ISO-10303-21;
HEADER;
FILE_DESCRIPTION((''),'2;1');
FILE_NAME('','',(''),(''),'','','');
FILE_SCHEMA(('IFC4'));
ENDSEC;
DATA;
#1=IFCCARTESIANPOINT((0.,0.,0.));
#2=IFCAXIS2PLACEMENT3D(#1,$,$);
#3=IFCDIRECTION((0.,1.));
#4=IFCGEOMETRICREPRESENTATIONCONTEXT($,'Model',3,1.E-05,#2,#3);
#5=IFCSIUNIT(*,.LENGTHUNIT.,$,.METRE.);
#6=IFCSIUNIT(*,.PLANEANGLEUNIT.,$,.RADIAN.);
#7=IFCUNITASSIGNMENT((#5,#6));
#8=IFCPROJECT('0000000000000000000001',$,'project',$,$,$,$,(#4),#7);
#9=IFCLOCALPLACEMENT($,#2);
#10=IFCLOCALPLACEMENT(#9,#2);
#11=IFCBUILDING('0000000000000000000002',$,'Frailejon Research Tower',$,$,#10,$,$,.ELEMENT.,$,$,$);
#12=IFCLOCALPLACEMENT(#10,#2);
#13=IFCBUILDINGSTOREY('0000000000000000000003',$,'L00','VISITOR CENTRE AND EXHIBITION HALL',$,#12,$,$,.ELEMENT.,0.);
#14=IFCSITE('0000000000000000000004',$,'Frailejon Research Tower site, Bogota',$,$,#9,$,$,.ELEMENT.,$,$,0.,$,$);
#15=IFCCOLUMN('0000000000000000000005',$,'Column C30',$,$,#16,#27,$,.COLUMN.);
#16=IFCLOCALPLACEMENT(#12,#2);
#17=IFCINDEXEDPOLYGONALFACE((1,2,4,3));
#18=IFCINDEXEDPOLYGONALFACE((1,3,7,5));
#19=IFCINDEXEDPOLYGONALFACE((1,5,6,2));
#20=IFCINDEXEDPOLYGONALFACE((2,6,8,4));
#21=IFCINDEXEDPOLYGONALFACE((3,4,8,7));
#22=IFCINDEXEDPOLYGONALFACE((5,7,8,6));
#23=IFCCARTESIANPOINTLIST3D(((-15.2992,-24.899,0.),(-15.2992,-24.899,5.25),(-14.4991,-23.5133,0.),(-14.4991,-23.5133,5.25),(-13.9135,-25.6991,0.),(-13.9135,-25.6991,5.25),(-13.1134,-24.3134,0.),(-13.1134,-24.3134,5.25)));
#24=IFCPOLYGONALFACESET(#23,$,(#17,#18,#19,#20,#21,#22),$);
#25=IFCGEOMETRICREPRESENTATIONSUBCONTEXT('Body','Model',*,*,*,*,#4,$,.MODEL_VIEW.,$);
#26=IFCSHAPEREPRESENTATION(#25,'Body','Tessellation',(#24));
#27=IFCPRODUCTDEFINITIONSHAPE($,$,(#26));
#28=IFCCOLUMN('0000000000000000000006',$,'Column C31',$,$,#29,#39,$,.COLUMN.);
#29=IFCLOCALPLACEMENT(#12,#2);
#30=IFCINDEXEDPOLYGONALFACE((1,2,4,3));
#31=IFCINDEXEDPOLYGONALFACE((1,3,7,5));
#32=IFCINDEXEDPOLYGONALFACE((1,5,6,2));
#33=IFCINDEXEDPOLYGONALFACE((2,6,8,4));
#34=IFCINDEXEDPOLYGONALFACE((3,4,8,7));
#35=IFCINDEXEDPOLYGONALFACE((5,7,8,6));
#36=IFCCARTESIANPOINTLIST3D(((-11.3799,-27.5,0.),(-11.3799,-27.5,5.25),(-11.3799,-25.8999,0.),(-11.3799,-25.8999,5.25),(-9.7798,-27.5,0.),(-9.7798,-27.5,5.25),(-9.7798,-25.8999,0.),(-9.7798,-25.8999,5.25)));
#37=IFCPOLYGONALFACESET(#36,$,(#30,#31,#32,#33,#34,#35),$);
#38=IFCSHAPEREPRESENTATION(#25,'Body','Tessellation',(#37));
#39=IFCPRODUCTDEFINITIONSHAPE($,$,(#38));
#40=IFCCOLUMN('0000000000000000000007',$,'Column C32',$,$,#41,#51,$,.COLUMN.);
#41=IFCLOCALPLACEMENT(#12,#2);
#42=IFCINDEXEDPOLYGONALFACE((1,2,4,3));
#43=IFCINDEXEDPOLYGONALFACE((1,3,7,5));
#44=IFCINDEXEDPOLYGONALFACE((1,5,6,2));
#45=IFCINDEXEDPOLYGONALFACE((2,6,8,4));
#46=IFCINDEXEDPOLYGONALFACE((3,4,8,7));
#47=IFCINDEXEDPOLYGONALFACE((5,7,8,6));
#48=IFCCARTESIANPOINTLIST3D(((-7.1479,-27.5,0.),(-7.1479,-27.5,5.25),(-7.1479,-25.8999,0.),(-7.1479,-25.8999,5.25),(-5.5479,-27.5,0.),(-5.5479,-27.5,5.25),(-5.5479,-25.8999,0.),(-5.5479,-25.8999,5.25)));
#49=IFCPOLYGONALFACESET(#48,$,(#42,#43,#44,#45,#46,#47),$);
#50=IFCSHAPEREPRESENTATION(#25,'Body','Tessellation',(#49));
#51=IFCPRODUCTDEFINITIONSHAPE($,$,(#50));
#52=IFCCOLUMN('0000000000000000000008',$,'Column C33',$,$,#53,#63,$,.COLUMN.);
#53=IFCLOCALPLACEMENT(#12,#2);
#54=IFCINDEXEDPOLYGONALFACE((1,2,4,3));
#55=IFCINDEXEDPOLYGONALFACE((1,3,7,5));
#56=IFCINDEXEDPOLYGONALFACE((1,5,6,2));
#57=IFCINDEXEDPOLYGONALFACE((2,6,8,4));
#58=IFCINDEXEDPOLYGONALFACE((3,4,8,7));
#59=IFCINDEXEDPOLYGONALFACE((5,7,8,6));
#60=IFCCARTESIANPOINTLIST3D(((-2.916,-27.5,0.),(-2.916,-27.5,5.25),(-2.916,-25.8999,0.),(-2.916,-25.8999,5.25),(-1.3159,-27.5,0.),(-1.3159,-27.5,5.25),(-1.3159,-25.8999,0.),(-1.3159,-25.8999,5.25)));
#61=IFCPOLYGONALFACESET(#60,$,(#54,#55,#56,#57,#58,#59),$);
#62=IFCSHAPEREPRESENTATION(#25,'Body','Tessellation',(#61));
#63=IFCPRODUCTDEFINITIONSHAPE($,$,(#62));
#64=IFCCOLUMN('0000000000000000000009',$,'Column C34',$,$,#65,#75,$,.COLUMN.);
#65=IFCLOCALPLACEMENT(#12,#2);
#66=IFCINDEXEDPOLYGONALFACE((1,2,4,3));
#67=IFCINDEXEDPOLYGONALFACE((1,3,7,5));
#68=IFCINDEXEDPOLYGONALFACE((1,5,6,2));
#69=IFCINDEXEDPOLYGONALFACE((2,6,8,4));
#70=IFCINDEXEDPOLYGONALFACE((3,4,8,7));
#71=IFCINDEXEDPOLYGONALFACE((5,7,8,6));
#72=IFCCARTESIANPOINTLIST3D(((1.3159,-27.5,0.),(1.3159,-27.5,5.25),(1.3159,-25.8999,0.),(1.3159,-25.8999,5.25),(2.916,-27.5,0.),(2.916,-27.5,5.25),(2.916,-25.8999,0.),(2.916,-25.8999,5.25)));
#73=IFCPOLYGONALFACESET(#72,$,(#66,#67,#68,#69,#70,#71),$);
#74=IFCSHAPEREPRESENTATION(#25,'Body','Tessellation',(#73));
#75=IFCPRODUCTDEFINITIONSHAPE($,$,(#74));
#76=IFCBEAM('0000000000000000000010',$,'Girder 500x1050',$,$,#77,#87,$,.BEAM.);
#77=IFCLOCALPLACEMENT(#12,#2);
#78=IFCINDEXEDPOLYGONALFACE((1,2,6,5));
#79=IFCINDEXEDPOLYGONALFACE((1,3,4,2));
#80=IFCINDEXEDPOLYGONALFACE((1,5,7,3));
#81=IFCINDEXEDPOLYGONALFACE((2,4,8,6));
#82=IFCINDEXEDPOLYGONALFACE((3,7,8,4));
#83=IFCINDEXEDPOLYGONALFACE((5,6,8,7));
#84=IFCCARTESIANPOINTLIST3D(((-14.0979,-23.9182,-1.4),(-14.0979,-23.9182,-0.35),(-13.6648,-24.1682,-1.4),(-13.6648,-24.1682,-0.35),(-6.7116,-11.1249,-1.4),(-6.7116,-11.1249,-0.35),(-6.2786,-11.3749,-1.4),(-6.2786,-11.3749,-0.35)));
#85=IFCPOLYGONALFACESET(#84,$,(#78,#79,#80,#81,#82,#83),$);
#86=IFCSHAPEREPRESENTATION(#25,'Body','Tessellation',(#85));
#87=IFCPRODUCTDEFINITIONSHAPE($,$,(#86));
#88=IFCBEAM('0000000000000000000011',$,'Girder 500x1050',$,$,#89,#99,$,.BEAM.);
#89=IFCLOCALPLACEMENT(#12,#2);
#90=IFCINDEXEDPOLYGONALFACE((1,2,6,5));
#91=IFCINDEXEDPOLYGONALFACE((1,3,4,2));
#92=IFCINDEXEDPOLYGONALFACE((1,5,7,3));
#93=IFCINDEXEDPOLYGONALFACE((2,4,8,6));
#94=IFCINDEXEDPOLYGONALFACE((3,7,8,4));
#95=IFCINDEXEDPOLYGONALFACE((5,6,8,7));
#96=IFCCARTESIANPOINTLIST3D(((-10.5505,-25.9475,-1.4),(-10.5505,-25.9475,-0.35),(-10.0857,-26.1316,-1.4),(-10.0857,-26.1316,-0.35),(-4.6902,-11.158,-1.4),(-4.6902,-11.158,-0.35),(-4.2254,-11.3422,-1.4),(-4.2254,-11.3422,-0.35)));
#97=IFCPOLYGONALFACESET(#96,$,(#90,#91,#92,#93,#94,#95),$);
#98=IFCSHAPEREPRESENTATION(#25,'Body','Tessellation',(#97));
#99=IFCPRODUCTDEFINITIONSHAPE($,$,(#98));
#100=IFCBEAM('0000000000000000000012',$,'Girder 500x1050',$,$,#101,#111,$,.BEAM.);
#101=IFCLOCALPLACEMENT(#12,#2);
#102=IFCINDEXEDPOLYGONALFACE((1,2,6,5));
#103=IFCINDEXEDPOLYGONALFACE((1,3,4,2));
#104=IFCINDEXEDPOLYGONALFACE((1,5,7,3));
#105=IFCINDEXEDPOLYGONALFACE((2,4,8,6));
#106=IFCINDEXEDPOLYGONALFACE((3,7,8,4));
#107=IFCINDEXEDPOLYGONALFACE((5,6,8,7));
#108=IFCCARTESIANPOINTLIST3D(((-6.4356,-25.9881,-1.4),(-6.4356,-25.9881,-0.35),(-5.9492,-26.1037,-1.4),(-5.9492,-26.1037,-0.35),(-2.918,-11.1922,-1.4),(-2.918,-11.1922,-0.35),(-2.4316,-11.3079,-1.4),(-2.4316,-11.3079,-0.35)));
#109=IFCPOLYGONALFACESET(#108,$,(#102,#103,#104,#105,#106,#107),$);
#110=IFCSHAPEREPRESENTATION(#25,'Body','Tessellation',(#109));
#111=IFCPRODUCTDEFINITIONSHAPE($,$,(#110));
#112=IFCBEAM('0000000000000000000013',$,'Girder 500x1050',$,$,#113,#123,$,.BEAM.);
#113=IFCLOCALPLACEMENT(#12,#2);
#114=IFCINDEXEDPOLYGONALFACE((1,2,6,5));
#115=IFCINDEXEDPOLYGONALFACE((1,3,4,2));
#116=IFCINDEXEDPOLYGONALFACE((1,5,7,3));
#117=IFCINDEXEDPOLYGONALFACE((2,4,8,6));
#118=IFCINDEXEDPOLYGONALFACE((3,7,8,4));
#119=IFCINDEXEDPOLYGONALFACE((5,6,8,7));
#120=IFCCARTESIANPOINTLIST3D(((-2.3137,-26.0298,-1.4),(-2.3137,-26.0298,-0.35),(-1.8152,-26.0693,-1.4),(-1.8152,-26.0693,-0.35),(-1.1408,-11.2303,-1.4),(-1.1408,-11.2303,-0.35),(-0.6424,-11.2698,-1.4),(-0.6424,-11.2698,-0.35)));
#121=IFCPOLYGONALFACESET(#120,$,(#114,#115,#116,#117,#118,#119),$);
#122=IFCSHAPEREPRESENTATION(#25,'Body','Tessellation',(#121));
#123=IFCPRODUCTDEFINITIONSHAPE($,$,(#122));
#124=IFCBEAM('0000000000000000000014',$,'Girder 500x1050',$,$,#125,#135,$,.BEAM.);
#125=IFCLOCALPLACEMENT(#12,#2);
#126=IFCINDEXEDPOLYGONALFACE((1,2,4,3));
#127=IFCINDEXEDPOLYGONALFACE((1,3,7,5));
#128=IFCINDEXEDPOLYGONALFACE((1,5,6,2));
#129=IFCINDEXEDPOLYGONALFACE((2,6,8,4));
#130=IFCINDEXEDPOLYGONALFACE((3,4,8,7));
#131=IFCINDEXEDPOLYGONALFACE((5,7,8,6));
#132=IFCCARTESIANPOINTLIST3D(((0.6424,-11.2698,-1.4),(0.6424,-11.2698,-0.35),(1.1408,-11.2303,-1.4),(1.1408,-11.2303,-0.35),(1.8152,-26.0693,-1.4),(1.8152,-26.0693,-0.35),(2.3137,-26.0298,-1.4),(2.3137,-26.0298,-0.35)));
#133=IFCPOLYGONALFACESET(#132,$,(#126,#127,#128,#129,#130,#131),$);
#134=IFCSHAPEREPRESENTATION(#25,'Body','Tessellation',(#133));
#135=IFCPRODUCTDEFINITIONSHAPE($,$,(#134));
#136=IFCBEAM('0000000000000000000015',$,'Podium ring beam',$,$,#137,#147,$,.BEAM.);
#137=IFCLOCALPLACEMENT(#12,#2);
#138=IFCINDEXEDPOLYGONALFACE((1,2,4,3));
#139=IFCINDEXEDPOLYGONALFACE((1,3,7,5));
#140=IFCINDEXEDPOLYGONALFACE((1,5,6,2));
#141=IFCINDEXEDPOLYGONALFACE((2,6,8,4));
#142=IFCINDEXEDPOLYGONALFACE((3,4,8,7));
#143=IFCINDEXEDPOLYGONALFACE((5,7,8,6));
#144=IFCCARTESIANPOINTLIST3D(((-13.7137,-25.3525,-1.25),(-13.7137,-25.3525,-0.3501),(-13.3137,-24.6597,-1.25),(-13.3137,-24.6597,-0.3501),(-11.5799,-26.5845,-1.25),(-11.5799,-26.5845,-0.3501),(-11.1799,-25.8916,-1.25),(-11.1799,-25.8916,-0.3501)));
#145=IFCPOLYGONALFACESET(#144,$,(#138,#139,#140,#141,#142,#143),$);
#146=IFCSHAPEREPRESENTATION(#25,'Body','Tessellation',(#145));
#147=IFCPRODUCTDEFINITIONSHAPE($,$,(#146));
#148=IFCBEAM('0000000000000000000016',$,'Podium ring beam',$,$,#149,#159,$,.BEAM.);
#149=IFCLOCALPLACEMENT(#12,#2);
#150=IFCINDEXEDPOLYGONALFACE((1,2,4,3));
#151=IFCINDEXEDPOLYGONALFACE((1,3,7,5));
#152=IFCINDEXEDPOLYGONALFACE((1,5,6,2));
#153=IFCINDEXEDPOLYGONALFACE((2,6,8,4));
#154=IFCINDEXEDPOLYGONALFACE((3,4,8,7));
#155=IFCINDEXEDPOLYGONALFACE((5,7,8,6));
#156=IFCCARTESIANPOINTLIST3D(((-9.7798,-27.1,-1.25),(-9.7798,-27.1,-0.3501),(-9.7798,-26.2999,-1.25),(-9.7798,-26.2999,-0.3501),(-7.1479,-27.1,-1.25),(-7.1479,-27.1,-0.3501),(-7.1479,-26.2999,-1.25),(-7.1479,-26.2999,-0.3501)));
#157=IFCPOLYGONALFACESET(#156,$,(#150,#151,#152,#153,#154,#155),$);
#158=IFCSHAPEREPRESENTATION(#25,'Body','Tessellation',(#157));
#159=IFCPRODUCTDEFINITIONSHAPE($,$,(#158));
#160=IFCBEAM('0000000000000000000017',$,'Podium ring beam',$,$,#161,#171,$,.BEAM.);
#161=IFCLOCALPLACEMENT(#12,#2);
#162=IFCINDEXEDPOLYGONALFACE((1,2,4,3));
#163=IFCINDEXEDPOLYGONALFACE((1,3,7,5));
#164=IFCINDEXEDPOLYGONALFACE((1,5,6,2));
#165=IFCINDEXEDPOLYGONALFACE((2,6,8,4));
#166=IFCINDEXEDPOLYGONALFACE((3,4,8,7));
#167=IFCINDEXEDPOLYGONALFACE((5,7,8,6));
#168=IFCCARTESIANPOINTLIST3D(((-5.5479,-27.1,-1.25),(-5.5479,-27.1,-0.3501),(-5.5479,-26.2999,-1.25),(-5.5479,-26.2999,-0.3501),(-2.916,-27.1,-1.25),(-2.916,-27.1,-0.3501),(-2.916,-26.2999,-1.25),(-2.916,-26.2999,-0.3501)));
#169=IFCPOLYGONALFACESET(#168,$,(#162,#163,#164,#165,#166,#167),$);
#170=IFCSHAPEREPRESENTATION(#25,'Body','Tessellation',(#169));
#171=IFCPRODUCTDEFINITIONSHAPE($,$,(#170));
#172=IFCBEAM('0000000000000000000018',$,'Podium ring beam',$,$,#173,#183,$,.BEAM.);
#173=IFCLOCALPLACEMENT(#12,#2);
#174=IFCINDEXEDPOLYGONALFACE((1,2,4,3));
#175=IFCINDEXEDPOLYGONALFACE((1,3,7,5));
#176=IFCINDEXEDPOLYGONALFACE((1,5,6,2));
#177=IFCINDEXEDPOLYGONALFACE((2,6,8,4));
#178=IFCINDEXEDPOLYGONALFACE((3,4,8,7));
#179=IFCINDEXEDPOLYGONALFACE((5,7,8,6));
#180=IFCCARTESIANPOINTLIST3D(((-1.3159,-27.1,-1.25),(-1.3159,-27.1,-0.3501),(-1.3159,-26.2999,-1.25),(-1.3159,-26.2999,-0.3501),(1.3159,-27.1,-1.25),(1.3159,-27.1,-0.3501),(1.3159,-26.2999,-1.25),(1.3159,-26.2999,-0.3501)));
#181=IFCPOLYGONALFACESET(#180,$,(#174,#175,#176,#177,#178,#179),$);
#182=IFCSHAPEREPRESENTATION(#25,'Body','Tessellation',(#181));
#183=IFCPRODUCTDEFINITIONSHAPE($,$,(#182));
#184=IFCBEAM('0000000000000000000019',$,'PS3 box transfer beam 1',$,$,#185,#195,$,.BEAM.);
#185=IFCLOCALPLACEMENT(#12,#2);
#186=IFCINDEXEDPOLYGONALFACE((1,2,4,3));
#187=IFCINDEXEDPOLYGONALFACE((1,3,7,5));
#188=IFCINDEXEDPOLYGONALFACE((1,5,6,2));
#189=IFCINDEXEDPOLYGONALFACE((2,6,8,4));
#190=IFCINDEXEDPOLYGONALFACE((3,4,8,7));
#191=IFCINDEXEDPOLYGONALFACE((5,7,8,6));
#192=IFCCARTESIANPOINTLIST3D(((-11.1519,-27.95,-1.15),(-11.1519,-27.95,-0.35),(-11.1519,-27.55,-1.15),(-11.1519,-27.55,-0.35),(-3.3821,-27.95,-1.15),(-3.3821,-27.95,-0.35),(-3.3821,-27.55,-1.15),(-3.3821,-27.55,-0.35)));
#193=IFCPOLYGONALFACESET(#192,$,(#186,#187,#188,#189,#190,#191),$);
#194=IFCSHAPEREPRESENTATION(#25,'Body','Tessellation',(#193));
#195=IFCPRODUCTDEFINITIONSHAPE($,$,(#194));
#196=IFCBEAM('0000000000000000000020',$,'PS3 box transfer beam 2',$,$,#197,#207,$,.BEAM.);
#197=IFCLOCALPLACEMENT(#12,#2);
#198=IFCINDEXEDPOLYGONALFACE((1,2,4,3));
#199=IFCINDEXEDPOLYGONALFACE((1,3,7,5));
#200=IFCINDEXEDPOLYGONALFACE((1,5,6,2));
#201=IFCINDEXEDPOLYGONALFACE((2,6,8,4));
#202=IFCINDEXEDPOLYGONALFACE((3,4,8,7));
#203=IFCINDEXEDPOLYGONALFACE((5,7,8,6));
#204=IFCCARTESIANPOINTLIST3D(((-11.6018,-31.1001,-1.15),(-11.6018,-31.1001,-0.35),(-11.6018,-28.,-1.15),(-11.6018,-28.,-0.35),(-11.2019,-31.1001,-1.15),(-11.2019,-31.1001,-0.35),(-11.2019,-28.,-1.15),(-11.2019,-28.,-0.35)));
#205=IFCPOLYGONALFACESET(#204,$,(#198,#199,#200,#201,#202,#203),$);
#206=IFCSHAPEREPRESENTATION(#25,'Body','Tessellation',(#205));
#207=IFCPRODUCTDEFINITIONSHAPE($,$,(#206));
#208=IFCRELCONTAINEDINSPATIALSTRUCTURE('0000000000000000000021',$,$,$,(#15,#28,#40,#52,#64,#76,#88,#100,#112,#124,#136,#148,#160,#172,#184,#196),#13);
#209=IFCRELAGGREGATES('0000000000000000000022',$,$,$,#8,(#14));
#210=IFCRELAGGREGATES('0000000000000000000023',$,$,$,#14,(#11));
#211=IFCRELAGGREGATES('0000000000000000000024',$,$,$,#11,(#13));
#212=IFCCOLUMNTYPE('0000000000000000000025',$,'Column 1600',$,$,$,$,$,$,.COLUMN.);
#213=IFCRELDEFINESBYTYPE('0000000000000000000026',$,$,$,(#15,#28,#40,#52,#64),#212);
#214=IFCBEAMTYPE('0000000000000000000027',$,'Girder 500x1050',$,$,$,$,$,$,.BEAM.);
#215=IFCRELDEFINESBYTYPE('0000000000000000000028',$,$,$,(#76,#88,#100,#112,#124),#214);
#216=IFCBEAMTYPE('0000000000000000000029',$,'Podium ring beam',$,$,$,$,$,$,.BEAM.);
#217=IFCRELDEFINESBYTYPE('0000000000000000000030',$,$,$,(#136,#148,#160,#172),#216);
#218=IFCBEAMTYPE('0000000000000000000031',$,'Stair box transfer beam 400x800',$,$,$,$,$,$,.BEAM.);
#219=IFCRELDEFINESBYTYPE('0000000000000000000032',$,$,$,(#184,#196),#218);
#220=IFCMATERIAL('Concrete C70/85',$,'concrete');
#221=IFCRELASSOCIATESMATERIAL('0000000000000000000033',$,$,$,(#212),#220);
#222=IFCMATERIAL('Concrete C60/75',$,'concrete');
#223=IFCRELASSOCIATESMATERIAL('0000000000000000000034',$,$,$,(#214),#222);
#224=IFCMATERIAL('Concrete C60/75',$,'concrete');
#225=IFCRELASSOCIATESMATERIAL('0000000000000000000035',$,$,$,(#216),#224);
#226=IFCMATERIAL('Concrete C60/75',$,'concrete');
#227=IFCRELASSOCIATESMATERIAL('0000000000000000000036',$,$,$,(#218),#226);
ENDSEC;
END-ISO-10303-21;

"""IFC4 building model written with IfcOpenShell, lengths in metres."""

from ifc_helpers import new_model, si_unit, direction, frame, origin, origin_2d, place, context, subcontext, project, spatial, rectangle, extrude, material, material_profile, profile_set, type_object, element, save


model = new_model("IFC4")

# Units and contexts
model_context = context("Model", 3, precision=1e-05, world=origin(), true_north=direction((0.0, 1.0)))
body_context = subcontext(model_context, "Body", "Model", "MODEL_VIEW")
ifc_project = project(units=[si_unit("LENGTHUNIT", "METRE"), si_unit("PLANEANGLEUNIT", "RADIAN")], contexts=[model_context])

# Site, building, storey
site_placement = place(None, origin())
site = spatial("IfcSite", under=ifc_project, at=site_placement, Name="Frailejon Research Tower site, Bogota", CompositionType="ELEMENT", RefElevation=0.0)
building_placement = place(site_placement, origin())
building = spatial("IfcBuilding", under=site, at=building_placement, Name="Frailejon Research Tower", CompositionType="ELEMENT")
storey_placement = place(building_placement, origin())
storey = spatial("IfcBuildingStorey", under=building, at=storey_placement, Name="L00", Description="VISITOR CENTRE AND EXHIBITION HALL", CompositionType="ELEMENT", Elevation=0.0)

# Columns
ifc_material_1 = material(Name="Concrete C70/85", Category="concrete")
ifc_material_profile_1 = material_profile(ifc_material_1, rectangle(XDim=1.6001, YDim=1.6001, at=origin_2d()), Name="Column 1600")
ifc_profile_set_1 = profile_set([ifc_material_profile_1], Name="Concrete C70/85")
column_type = type_object("IfcColumnType", Name="Column 1600", PredefinedType="COLUMN", material=ifc_profile_set_1)
for number, where, z_axis, x_axis, name in (
    (1, (-14.2063, -24.6062, 0.0), (0.0, 0.0, 1.0), (0.866025, -0.5, 0.0), "Column C30"),
    (2, (-10.5798, -26.7, 0.0), (0.0, 0.0, 1.0), (1.0, 0.0, 0.0), "Column C31"),
    (3, (-6.3479, -26.7, 0.0), (0.0, 0.0, 1.0), (1.0, 0.0, 0.0), "Column C32"),
    (4, (-2.116, -26.7, 0.0), (0.0, 0.0, 1.0), (1.0, 0.0, 0.0), "Column C33"),
    (5, (2.116, -26.7, 0.0), (0.0, 0.0, 1.0), (1.0, 0.0, 0.0), "Column C34"),
):
    element("IfcColumn", number, at=place(storey_placement, frame(where, z_axis=z_axis, x_axis=x_axis)), inside=storey, type_object=column_type, Name=name, PredefinedType="COLUMN", context=body_context, shape_type="SweptSolid", body=[
        extrude(rectangle(XDim=1.6001, YDim=1.6001, at=origin_2d()), origin(), (0.0, 0.0, 1.0), 5.25),
    ])

# Beams
ifc_material_2 = material(Name="Concrete C60/75", Category="concrete")
ifc_material_profile_2 = material_profile(ifc_material_2, rectangle(XDim=0.5, YDim=1.05, at=origin_2d()), Name="Girder 500x1050")
ifc_profile_set_2 = profile_set([ifc_material_profile_2], Name="Concrete C60/75")
beam_type_1 = type_object("IfcBeamType", Name="Girder 500x1050", PredefinedType="BEAM", material=ifc_profile_set_2)
beam_1_placement = place(storey_placement, frame((-13.8813, -24.0432, -0.875), z_axis=(0.500003, 0.866023, 0.0), x_axis=(-0.866023, 0.500003, 0.0)))
element("IfcBeam", 6, at=beam_1_placement, inside=storey, type_object=beam_type_1, Name="Girder 500x1050", PredefinedType="BEAM", context=body_context, shape_type="SweptSolid", body=[
    extrude(rectangle(XDim=0.5, YDim=1.05, at=origin_2d()), origin(), (0.0, 0.0, 1.0), 14.7725),
])
beam_2_placement = place(storey_placement, frame((-10.3181, -26.0396, -0.875), z_axis=(0.368383, 0.929674, 0.0), x_axis=(-0.929674, 0.368383, 0.0)))
element("IfcBeam", 7, at=beam_2_placement, inside=storey, type_object=beam_type_1, Name="Girder 500x1050", PredefinedType="BEAM", context=body_context, shape_type="SweptSolid", body=[
    extrude(rectangle(XDim=0.5, YDim=1.05, at=origin_2d()), origin(), (0.0, 0.0, 1.0), 15.9082),
])
beam_3_placement = place(storey_placement, frame((-6.1924, -26.0459, -0.875), z_axis=(0.231294, 0.972884, 0.0), x_axis=(-0.972884, 0.231294, 0.0)))
element("IfcBeam", 8, at=beam_3_placement, inside=storey, type_object=beam_type_1, Name="Girder 500x1050", PredefinedType="BEAM", context=body_context, shape_type="SweptSolid", body=[
    extrude(rectangle(XDim=0.5, YDim=1.05, at=origin_2d()), origin(), (0.0, 0.0, 1.0), 15.2083),
])
for number, where, z_axis, x_axis, name in (
    (9, (-2.0645, -26.0496, -0.875), (0.079001, 0.996875, 0.0), (-0.996875, 0.079001, 0.0), "Girder 500x1050"),
    (10, (2.0645, -26.0496, -0.875), (-0.079001, 0.996875, 0.0), (-0.996875, -0.079001, 0.0), "Girder 500x1050"),
):
    element("IfcBeam", number, at=place(storey_placement, frame(where, z_axis=z_axis, x_axis=x_axis)), inside=storey, type_object=beam_type_1, Name=name, PredefinedType="BEAM", context=body_context, shape_type="SweptSolid", body=[
        extrude(rectangle(XDim=0.5, YDim=1.05, at=origin_2d()), origin(), (0.0, 0.0, 1.0), 14.8459),
    ])
ifc_material_3 = material(Name="Concrete C60/75", Category="concrete")
ifc_material_profile_3 = material_profile(ifc_material_3, rectangle(XDim=0.8, YDim=0.8999, at=origin_2d()), Name="Podium ring beam")
ifc_profile_set_3 = profile_set([ifc_material_profile_3], Name="Concrete C60/75")
beam_type_2 = type_object("IfcBeamType", Name="Podium ring beam", PredefinedType="BEAM", material=ifc_profile_set_3)
beam_4_placement = place(storey_placement, frame((-13.5137, -25.0061, -0.8), z_axis=(0.866027, -0.499997, 0.0), x_axis=(0.499997, 0.866027, 0.0)))
element("IfcBeam", 11, at=beam_4_placement, inside=storey, type_object=beam_type_2, Name="Podium ring beam", PredefinedType="BEAM", context=body_context, shape_type="SweptSolid", body=[
    extrude(rectangle(XDim=0.8, YDim=0.8999, at=origin_2d()), origin(), (0.0, 0.0, 1.0), 2.4639),
])
for number, where, z_axis, x_axis, name in (
    (12, (-9.7798, -26.7, -0.8), (1.0, 0.0, 0.0), (0.0, 1.0, 0.0), "Podium ring beam"),
    (13, (-5.5479, -26.7, -0.8), (1.0, 0.0, 0.0), (0.0, 1.0, 0.0), "Podium ring beam"),
    (14, (-1.3159, -26.7, -0.8), (1.0, 0.0, 0.0), (0.0, 1.0, 0.0), "Podium ring beam"),
):
    element("IfcBeam", number, at=place(storey_placement, frame(where, z_axis=z_axis, x_axis=x_axis)), inside=storey, type_object=beam_type_2, Name=name, PredefinedType="BEAM", context=body_context, shape_type="SweptSolid", body=[
        extrude(rectangle(XDim=0.8, YDim=0.8999, at=origin_2d()), origin(), (0.0, 0.0, 1.0), 2.6318),
    ])
ifc_material_4 = material(Name="Concrete C60/75", Category="concrete")
ifc_material_profile_4 = material_profile(ifc_material_4, rectangle(XDim=0.3999, YDim=0.8, at=origin_2d()), Name="Stair box transfer beam 400x800")
ifc_profile_set_4 = profile_set([ifc_material_profile_4], Name="Concrete C60/75")
beam_type_3 = type_object("IfcBeamType", Name="Stair box transfer beam 400x800", PredefinedType="BEAM", material=ifc_profile_set_4)
beam_5_placement = place(storey_placement, frame((-3.3821, -27.75, -0.75), z_axis=(-1.0, 0.0, 0.0), x_axis=(0.0, -1.0, 0.0)))
element("IfcBeam", 15, at=beam_5_placement, inside=storey, type_object=beam_type_3, Name="PS3 box transfer beam 1", PredefinedType="BEAM", context=body_context, shape_type="SweptSolid", body=[
    extrude(rectangle(XDim=0.3999, YDim=0.8, at=origin_2d()), origin(), (0.0, 0.0, 1.0), 7.7698),
])
beam_6_placement = place(storey_placement, frame((-11.4019, -28.0, -0.75), z_axis=(0.0, -1.0, 0.0), x_axis=(1.0, 0.0, 0.0)))
element("IfcBeam", 16, at=beam_6_placement, inside=storey, type_object=beam_type_3, Name="PS3 box transfer beam 2", PredefinedType="BEAM", context=body_context, shape_type="SweptSolid", body=[
    extrude(rectangle(XDim=0.3999, YDim=0.8, at=origin_2d()), origin(), (0.0, 0.0, 1.0), 3.1001),
])

save(model, "model.ifc")
